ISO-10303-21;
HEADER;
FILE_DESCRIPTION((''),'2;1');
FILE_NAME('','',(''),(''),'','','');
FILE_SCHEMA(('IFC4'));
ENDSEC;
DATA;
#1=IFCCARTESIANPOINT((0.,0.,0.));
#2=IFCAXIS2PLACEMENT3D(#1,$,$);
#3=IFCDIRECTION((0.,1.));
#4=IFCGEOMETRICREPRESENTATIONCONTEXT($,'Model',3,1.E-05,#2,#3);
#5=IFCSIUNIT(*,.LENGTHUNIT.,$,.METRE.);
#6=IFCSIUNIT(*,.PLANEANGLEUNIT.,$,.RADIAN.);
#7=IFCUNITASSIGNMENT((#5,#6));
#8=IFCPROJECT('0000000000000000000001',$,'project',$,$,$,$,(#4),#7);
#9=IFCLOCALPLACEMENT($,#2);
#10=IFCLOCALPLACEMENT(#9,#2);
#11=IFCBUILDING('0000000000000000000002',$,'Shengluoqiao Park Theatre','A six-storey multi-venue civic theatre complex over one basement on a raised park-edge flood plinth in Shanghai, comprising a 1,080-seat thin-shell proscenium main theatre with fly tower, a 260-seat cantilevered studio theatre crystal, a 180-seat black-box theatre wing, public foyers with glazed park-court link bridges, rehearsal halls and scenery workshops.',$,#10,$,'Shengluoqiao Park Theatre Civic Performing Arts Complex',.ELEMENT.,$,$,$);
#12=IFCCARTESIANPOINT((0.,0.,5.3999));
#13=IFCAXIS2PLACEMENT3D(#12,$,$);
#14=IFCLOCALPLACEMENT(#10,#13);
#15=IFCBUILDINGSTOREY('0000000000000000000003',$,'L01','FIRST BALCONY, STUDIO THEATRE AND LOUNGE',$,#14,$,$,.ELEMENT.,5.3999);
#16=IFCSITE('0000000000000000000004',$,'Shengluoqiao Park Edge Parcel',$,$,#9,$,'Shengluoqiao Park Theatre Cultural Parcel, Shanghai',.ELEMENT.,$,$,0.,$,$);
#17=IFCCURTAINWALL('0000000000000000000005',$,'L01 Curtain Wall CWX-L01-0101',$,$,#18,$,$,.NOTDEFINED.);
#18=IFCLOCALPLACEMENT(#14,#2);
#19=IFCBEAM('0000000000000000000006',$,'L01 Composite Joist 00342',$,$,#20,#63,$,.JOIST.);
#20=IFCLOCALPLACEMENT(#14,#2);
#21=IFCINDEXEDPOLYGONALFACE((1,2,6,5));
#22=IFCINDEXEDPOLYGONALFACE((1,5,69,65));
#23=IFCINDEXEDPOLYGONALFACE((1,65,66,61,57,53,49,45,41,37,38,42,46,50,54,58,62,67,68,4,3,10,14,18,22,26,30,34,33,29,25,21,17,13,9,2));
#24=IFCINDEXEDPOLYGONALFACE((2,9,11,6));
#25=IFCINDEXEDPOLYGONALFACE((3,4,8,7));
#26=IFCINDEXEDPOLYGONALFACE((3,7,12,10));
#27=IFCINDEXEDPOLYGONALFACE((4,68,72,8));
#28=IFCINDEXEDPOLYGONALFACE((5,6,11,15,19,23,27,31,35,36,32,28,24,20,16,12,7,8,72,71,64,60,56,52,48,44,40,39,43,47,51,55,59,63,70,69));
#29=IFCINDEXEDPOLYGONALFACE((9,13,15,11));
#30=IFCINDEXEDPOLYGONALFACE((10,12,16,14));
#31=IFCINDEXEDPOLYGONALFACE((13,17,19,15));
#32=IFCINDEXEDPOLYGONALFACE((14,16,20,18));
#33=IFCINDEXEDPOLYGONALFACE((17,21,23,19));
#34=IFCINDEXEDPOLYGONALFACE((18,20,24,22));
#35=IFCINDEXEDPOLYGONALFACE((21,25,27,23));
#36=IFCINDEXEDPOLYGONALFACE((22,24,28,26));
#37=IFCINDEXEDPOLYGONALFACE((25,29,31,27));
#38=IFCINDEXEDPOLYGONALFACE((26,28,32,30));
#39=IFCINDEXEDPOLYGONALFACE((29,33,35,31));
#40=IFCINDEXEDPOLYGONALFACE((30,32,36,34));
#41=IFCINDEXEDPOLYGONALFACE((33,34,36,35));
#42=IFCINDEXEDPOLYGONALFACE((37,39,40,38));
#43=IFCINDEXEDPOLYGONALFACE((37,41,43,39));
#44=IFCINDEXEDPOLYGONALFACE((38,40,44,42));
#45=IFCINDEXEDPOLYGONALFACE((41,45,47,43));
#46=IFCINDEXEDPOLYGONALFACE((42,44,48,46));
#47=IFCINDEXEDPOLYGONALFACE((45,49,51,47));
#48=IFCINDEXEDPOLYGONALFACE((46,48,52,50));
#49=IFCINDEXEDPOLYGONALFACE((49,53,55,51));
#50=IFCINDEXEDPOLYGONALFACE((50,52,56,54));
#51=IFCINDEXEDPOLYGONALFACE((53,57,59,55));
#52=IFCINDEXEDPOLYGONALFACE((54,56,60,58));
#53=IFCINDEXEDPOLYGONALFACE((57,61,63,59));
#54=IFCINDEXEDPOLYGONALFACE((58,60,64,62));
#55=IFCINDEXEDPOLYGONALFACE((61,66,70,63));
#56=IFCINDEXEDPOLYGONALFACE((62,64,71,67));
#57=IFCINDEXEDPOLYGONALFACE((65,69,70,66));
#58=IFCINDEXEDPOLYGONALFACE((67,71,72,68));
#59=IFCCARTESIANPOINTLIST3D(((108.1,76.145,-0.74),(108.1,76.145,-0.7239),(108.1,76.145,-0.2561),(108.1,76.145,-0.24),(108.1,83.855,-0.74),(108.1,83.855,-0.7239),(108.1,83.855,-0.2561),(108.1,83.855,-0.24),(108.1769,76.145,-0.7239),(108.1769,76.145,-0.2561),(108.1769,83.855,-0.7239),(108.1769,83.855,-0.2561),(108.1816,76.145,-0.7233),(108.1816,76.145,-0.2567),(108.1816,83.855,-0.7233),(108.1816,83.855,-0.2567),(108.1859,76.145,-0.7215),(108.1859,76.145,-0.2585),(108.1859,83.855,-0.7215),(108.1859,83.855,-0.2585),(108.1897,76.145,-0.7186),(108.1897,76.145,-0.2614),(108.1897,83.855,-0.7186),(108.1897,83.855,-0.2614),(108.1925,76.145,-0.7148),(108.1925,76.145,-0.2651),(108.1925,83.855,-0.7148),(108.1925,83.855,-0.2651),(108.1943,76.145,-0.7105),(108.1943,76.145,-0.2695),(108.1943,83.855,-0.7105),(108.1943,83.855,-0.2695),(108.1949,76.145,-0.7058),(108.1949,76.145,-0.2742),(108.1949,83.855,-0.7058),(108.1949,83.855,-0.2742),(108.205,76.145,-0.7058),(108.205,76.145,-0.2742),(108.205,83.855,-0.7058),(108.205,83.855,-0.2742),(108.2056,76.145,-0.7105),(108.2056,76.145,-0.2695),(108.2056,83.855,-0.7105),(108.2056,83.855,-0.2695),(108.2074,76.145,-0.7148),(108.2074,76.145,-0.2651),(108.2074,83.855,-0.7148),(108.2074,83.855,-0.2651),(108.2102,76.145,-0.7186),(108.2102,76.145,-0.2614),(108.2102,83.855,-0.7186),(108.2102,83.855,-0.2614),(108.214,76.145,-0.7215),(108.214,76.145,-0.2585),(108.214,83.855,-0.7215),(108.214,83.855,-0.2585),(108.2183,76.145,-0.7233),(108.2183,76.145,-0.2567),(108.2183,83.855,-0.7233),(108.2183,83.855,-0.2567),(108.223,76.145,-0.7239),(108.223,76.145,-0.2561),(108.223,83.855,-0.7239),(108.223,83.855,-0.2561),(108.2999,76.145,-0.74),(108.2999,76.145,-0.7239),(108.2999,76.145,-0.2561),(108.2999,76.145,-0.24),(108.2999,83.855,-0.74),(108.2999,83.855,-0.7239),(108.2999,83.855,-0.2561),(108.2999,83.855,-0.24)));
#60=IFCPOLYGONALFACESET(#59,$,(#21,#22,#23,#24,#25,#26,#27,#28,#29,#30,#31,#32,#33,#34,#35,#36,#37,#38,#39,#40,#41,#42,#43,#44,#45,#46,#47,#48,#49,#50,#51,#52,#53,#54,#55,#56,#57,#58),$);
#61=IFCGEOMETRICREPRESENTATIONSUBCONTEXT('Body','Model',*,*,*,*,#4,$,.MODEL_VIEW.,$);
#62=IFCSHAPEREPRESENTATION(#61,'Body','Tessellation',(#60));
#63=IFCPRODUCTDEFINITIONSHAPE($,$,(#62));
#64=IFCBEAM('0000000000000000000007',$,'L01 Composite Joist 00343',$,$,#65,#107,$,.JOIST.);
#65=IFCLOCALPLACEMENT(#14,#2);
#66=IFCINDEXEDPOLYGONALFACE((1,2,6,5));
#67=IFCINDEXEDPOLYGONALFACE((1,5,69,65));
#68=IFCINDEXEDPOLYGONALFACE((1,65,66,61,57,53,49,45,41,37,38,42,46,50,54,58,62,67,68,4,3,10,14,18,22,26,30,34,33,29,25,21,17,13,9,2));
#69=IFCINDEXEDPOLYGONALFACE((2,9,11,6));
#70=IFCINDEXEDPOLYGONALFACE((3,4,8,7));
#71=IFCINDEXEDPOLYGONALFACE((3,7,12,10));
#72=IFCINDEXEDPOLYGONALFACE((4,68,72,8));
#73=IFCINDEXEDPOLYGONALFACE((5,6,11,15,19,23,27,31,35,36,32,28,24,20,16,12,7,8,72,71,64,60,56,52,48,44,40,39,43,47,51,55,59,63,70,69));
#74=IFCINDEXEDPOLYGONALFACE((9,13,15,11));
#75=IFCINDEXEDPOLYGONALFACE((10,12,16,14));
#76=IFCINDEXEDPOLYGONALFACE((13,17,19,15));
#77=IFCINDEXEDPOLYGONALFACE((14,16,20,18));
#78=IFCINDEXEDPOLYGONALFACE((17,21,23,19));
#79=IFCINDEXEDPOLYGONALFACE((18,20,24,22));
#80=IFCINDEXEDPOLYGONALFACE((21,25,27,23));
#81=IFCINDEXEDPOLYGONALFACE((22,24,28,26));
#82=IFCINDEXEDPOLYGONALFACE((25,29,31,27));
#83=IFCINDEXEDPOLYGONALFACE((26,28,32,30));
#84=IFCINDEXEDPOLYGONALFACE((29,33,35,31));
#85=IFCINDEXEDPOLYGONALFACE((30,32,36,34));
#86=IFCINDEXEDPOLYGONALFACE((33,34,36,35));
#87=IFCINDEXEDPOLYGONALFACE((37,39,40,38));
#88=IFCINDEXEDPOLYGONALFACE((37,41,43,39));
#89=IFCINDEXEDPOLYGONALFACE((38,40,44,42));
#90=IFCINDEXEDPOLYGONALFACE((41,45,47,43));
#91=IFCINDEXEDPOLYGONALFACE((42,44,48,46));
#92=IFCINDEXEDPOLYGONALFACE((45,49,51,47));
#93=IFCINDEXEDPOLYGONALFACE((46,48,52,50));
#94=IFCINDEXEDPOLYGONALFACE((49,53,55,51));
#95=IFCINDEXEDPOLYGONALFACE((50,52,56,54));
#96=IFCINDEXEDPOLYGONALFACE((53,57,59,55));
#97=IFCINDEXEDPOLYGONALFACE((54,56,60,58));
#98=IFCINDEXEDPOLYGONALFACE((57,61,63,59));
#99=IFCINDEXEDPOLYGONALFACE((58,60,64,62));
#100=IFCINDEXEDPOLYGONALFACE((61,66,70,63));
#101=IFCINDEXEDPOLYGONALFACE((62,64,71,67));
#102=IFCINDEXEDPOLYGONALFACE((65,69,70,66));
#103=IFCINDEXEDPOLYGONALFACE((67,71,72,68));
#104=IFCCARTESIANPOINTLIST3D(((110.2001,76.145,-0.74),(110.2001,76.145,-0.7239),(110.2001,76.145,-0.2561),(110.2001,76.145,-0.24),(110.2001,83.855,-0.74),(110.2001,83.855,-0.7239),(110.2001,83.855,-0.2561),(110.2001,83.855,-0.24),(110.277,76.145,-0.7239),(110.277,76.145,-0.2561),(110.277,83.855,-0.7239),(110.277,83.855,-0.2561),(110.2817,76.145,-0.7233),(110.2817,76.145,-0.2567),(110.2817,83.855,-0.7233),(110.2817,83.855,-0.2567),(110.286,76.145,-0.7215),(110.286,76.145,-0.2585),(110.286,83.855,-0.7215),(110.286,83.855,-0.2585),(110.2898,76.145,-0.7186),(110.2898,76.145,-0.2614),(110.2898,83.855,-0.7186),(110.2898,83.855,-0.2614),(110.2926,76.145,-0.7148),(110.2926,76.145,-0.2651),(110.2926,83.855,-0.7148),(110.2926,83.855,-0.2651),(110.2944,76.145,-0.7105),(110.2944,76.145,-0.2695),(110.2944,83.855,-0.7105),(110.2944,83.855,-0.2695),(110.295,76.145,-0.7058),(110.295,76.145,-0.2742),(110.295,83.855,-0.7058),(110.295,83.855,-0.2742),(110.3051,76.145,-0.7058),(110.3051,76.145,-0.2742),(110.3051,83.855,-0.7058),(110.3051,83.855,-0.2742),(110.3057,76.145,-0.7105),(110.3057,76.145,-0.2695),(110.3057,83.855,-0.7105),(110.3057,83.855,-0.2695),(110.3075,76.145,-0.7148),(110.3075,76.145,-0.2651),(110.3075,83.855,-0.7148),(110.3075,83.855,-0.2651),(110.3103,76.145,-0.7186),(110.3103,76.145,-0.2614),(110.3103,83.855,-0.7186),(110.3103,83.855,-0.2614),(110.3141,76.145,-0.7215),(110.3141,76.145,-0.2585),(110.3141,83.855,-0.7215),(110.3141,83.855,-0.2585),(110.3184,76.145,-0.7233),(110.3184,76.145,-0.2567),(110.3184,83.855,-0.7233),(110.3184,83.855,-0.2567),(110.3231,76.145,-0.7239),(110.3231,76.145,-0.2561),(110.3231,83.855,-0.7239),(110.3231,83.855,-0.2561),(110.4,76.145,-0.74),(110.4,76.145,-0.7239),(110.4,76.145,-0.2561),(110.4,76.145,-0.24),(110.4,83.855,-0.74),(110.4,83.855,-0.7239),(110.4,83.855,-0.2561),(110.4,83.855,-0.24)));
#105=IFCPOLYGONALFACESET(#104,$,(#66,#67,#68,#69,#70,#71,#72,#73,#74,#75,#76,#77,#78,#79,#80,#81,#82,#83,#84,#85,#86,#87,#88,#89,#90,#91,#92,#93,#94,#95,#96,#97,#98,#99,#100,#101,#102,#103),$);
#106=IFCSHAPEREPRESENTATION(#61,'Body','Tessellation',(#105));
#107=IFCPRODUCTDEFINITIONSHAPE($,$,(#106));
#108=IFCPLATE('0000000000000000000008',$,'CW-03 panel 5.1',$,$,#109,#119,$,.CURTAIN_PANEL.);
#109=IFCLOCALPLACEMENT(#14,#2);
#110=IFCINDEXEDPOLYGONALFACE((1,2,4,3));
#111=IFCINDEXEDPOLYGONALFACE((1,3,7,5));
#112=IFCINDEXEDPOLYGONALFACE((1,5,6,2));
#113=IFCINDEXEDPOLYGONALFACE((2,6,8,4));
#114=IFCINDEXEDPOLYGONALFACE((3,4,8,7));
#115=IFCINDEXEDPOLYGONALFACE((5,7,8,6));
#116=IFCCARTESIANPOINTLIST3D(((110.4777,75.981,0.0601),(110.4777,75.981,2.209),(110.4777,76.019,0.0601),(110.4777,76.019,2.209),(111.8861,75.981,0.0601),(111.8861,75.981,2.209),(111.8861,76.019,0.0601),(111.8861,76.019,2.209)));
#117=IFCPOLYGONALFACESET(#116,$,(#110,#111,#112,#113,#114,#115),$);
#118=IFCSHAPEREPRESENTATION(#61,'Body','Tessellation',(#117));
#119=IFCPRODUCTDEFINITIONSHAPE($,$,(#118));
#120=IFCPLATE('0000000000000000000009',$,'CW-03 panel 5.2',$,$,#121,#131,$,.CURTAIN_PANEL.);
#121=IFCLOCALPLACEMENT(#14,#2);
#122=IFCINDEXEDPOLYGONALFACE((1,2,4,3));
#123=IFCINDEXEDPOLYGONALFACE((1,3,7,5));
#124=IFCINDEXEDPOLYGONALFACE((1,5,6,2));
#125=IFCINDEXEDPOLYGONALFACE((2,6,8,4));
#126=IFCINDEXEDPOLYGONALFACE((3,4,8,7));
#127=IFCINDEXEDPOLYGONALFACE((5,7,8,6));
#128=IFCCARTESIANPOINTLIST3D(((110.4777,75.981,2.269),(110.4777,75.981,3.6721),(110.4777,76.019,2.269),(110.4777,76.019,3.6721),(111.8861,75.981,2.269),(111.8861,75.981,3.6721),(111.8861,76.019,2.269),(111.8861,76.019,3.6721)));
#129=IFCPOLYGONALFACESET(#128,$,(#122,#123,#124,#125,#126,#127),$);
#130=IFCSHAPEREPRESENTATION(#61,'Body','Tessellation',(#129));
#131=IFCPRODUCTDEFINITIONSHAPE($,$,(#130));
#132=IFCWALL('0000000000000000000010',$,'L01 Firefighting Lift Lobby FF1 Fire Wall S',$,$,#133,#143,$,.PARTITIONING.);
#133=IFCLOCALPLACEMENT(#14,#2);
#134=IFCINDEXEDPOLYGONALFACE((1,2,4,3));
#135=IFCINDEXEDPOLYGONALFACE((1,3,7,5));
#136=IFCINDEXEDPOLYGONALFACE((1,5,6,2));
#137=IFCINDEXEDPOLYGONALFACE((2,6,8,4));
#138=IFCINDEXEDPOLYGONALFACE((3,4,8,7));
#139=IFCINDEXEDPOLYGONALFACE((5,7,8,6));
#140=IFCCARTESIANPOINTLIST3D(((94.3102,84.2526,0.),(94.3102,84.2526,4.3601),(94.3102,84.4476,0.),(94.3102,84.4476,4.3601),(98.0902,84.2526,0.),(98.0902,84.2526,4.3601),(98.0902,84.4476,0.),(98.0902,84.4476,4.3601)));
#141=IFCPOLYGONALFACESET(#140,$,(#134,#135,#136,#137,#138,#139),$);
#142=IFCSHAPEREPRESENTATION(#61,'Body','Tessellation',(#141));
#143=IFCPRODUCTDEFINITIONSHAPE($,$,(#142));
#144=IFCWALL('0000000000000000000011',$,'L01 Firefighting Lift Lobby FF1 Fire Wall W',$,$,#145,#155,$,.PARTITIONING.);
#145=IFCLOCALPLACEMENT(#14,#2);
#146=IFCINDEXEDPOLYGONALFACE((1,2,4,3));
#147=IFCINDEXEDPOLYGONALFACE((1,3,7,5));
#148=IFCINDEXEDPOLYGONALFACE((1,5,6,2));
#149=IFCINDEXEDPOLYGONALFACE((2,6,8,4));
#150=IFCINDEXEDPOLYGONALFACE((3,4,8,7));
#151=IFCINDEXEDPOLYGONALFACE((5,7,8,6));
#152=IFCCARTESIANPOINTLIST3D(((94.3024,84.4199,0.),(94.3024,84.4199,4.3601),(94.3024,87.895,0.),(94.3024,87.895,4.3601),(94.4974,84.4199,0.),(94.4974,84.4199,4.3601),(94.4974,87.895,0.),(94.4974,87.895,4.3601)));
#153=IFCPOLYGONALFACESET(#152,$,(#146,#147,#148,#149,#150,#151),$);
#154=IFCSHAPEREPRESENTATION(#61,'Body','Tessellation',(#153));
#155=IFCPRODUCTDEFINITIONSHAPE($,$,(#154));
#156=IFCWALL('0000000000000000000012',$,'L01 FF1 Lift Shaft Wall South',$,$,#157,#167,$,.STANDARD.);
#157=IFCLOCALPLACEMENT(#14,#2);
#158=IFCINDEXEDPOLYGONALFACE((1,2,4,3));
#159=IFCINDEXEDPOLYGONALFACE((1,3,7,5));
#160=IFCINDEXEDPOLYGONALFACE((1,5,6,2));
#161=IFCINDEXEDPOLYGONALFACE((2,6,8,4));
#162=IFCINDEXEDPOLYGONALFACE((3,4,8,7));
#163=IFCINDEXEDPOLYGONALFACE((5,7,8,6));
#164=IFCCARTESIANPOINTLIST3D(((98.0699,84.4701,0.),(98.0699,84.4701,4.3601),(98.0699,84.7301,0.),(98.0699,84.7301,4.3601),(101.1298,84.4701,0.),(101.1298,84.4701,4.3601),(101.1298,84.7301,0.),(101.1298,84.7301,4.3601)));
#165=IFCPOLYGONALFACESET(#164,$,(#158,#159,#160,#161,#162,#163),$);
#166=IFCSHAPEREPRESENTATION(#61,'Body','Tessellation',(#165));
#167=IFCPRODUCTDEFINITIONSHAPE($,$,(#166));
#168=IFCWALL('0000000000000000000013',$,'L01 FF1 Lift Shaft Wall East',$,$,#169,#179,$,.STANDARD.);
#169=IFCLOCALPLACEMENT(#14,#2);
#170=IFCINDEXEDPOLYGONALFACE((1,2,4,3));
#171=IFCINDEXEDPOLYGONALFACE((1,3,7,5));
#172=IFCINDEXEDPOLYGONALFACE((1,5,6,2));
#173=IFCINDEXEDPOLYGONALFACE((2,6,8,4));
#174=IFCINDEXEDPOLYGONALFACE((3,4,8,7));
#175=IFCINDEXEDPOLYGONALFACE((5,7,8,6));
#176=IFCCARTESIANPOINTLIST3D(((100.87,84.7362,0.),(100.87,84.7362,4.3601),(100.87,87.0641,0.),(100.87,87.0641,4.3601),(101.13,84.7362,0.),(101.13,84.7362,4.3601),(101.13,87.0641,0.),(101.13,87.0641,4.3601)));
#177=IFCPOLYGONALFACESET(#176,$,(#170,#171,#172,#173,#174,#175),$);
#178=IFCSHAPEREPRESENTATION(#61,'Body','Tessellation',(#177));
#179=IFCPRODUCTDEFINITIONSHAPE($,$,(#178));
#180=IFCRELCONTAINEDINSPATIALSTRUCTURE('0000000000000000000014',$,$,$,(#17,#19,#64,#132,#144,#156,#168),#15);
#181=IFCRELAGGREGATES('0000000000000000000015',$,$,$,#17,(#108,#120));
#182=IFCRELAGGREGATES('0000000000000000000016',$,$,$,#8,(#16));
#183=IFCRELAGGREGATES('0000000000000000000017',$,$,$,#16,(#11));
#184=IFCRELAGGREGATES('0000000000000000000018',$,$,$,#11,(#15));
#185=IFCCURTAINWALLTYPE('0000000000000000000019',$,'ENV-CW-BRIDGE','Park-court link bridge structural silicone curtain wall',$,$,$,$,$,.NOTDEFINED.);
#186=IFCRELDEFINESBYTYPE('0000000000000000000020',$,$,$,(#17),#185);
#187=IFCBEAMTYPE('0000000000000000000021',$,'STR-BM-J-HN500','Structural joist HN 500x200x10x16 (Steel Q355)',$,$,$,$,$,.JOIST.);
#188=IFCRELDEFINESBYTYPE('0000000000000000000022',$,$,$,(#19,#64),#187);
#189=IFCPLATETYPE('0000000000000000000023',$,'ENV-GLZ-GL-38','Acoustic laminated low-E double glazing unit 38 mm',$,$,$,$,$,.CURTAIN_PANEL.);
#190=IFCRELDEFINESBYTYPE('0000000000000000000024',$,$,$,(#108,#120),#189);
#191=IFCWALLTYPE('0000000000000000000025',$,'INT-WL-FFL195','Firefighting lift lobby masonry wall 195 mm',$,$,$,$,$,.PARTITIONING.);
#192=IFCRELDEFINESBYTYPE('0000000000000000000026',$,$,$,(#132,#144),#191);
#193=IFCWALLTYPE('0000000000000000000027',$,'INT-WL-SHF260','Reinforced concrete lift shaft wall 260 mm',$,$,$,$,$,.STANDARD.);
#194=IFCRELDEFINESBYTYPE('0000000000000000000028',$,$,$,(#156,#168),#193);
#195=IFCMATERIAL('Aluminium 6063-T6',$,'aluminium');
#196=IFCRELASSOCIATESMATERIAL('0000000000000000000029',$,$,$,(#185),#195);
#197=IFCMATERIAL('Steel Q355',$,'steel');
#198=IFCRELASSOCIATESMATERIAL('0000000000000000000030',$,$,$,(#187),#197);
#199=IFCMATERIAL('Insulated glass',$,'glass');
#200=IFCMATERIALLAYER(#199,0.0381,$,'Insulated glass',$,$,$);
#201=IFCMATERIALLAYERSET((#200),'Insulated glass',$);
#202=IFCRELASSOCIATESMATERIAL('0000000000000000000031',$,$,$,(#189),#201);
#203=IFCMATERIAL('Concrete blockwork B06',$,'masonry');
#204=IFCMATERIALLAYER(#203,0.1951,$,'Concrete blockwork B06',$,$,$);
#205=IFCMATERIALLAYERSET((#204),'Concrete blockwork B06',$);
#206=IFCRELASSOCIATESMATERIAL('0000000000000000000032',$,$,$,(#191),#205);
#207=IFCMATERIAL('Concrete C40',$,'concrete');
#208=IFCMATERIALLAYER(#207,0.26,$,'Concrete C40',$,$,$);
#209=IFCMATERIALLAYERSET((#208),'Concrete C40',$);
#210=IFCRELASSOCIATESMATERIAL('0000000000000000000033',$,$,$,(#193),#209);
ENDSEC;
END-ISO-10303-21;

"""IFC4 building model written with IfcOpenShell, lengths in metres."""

from ifc_helpers import new_model, si_unit, direction, frame, frame_2d, origin, origin_2d, place, context, subcontext, project, spatial, rectangle, i_section, extrude, material, layer, layer_set, material_profile, profile_set, type_object, element, aggregate, save


model = new_model("IFC4")

# Units and contexts
model_context = context("Model", 3, precision=1e-05, world=origin(), true_north=direction((0.0, 1.0)))
body_context = subcontext(model_context, "Body", "Model", "MODEL_VIEW")
ifc_project = project(units=[si_unit("LENGTHUNIT", "METRE"), si_unit("PLANEANGLEUNIT", "RADIAN")], contexts=[model_context])

# Site, building, storey
site_placement = place(None, origin())
site = spatial("IfcSite", under=ifc_project, at=site_placement, Name="Shengluoqiao Park Edge Parcel", LongName="Shengluoqiao Park Theatre Cultural Parcel, Shanghai", CompositionType="ELEMENT", RefElevation=0.0)
building_placement = place(site_placement, origin())
building = spatial("IfcBuilding", under=site, at=building_placement, Name="Shengluoqiao Park Theatre", Description="A six-storey multi-venue civic theatre complex over one basement on a raised park-edge flood plinth in Shanghai, comprising a 1,080-seat thin-shell proscenium main theatre with fly tower, a 260-seat cantilevered studio theatre crystal, a 180-seat black-box theatre wing, public foyers with glazed park-court link bridges, rehearsal halls and scenery workshops.", LongName="Shengluoqiao Park Theatre Civic Performing Arts Complex", CompositionType="ELEMENT")
storey_placement = place(building_placement, frame((0.0, 0.0, 5.3999)))
storey = spatial("IfcBuildingStorey", under=building, at=storey_placement, Name="L01", Description="FIRST BALCONY, STUDIO THEATRE AND LOUNGE", CompositionType="ELEMENT", Elevation=5.3999)

# Curtain wall
ifc_material_1 = material(Name="Aluminium 6063-T6", Category="aluminium")
curtain_wall_type = type_object("IfcCurtainWallType", Name="ENV-CW-BRIDGE", Description="Park-court link bridge structural silicone curtain wall", PredefinedType="NOTDEFINED", material=ifc_material_1)
curtain_wall_placement = place(storey_placement, origin())
curtain_wall = element("IfcCurtainWall", 1, at=curtain_wall_placement, inside=storey, type_object=curtain_wall_type, Name="L01 Curtain Wall CWX-L01-0101", PredefinedType="NOTDEFINED")

# Beams
ifc_material_2 = material(Name="Steel Q355", Category="steel")
ifc_material_profile_1 = material_profile(ifc_material_2, i_section(OverallWidth=0.2, OverallDepth=0.5, WebThickness=0.01, FlangeThickness=0.0161, FilletRadius=0.0181, at=origin_2d()), Name="HN 500x200x10x16")
ifc_profile_set_1 = profile_set([ifc_material_profile_1], Name="Steel Q355")
beam_type_1 = type_object("IfcBeamType", Name="STR-BM-J-HN500", Description="Structural joist HN 500x200x10x16 (Steel Q355)", PredefinedType="JOIST", material=ifc_profile_set_1)
for number, where, z_axis, x_axis, name in (
    (2, (108.2, 76.145, -0.49), (0.0, 1.0, 0.0), (-1.0, 0.0, 0.0), "L01 Composite Joist 00342"),
    (3, (110.3, 76.145, -0.49), (0.0, 1.0, 0.0), (-1.0, 0.0, 0.0), "L01 Composite Joist 00343"),
):
    element("IfcBeam", number, at=place(storey_placement, frame(where, z_axis=z_axis, x_axis=x_axis)), inside=storey, type_object=beam_type_1, Name=name, PredefinedType="JOIST", context=body_context, shape_type="SweptSolid", body=[
        extrude(i_section(OverallWidth=0.2, OverallDepth=0.5, WebThickness=0.01, FlangeThickness=0.0161, FilletRadius=0.0181, at=origin_2d()), origin(), (0.0, 0.0, 1.0), 7.71),
    ])

# Plates
ifc_material_3 = material(Name="Insulated glass", Category="glass")
ifc_layer_1 = layer(ifc_material_3, 0.0381, Name="Insulated glass")
ifc_layer_set_1 = layer_set([ifc_layer_1], Name="Insulated glass")
plate_type = type_object("IfcPlateType", Name="ENV-GLZ-GL-38", Description="Acoustic laminated low-E double glazing unit 38 mm", PredefinedType="CURTAIN_PANEL", material=ifc_layer_set_1)
plate_1_placement = place(storey_placement, frame((111.1819, 76.0, 0.0601), z_axis=(0.0, 0.0, 1.0), x_axis=(1.0, 0.0, 0.0)))
plate_1 = element("IfcPlate", 4, at=plate_1_placement, type_object=plate_type, Name="CW-03 panel 5.1", PredefinedType="CURTAIN_PANEL", context=body_context, shape_type="SweptSolid", body=[
    extrude(rectangle(XDim=1.4084, YDim=0.0381, at=origin_2d()), origin(), (0.0, 0.0, 1.0), 2.1489),
])
plate_2_placement = place(storey_placement, frame((111.1819, 76.0, 2.269), z_axis=(0.0, 0.0, 1.0), x_axis=(1.0, 0.0, 0.0)))
plate_2 = element("IfcPlate", 5, at=plate_2_placement, type_object=plate_type, Name="CW-03 panel 5.2", PredefinedType="CURTAIN_PANEL", context=body_context, shape_type="SweptSolid", body=[
    extrude(rectangle(XDim=1.4084, YDim=0.0381, at=origin_2d()), origin(), (0.0, 0.0, 1.0), 1.4031),
])
aggregate(curtain_wall, [plate_1, plate_2])

# Walls
ifc_material_4 = material(Name="Concrete blockwork B06", Category="masonry")
ifc_layer_2 = layer(ifc_material_4, 0.1951, Name="Concrete blockwork B06")
ifc_layer_set_2 = layer_set([ifc_layer_2], Name="Concrete blockwork B06")
wall_type_1 = type_object("IfcWallType", Name="INT-WL-FFL195", Description="Firefighting lift lobby masonry wall 195 mm", PredefinedType="PARTITIONING", material=ifc_layer_set_2)
wall_1_placement = place(storey_placement, frame((94.3101, 84.3501, 0.0), z_axis=(0.0, 0.0, 1.0), x_axis=(1.0, 0.0, 0.0)))
element("IfcWall", 6, at=wall_1_placement, inside=storey, type_object=wall_type_1, Name="L01 Firefighting Lift Lobby FF1 Fire Wall S", PredefinedType="PARTITIONING", context=body_context, shape_type="SweptSolid", body=[
    extrude(rectangle(XDim=3.78, YDim=0.1951, at=frame_2d((1.8901, 0.0))), origin(), (0.0, 0.0, 1.0), 4.3601),
])
wall_2_placement = place(storey_placement, frame((94.3999, 84.4199, 0.0), z_axis=(0.0, 0.0, 1.0), x_axis=(0.0, 1.0, 0.0)))
element("IfcWall", 7, at=wall_2_placement, inside=storey, type_object=wall_type_1, Name="L01 Firefighting Lift Lobby FF1 Fire Wall W", PredefinedType="PARTITIONING", context=body_context, shape_type="SweptSolid", body=[
    extrude(rectangle(XDim=3.4751, YDim=0.1951, at=frame_2d((1.7375, 0.0))), origin(), (0.0, 0.0, 1.0), 4.3601),
])
ifc_material_5 = material(Name="Concrete C40", Category="concrete")
ifc_layer_3 = layer(ifc_material_5, 0.26, Name="Concrete C40")
ifc_layer_set_3 = layer_set([ifc_layer_3], Name="Concrete C40")
wall_type_2 = type_object("IfcWallType", Name="INT-WL-SHF260", Description="Reinforced concrete lift shaft wall 260 mm", PredefinedType="STANDARD", material=ifc_layer_set_3)
wall_3_placement = place(storey_placement, frame((98.0701, 84.6001, 0.0), z_axis=(0.0, 0.0, 1.0), x_axis=(1.0, 0.0, 0.0)))
element("IfcWall", 8, at=wall_3_placement, inside=storey, type_object=wall_type_2, Name="L01 FF1 Lift Shaft Wall South", PredefinedType="STANDARD", context=body_context, shape_type="SweptSolid", body=[
    extrude(rectangle(XDim=3.0598, YDim=0.26, at=frame_2d((1.5298, 0.0))), origin(), (0.0, 0.0, 1.0), 4.3601),
])

# Wall
wall_4_placement = place(storey_placement, frame((101.0, 84.7361, 0.0), z_axis=(0.0, 0.0, 1.0), x_axis=(0.0, 1.0, 0.0)))
element("IfcWall", 9, at=wall_4_placement, inside=storey, type_object=wall_type_2, Name="L01 FF1 Lift Shaft Wall East", PredefinedType="STANDARD", context=body_context, shape_type="SweptSolid", body=[
    extrude(rectangle(XDim=2.3279, YDim=0.26, at=frame_2d((1.1641, 0.0))), origin(), (0.0, 0.0, 1.0), 4.3601),
])

save(model, "model.ifc")
